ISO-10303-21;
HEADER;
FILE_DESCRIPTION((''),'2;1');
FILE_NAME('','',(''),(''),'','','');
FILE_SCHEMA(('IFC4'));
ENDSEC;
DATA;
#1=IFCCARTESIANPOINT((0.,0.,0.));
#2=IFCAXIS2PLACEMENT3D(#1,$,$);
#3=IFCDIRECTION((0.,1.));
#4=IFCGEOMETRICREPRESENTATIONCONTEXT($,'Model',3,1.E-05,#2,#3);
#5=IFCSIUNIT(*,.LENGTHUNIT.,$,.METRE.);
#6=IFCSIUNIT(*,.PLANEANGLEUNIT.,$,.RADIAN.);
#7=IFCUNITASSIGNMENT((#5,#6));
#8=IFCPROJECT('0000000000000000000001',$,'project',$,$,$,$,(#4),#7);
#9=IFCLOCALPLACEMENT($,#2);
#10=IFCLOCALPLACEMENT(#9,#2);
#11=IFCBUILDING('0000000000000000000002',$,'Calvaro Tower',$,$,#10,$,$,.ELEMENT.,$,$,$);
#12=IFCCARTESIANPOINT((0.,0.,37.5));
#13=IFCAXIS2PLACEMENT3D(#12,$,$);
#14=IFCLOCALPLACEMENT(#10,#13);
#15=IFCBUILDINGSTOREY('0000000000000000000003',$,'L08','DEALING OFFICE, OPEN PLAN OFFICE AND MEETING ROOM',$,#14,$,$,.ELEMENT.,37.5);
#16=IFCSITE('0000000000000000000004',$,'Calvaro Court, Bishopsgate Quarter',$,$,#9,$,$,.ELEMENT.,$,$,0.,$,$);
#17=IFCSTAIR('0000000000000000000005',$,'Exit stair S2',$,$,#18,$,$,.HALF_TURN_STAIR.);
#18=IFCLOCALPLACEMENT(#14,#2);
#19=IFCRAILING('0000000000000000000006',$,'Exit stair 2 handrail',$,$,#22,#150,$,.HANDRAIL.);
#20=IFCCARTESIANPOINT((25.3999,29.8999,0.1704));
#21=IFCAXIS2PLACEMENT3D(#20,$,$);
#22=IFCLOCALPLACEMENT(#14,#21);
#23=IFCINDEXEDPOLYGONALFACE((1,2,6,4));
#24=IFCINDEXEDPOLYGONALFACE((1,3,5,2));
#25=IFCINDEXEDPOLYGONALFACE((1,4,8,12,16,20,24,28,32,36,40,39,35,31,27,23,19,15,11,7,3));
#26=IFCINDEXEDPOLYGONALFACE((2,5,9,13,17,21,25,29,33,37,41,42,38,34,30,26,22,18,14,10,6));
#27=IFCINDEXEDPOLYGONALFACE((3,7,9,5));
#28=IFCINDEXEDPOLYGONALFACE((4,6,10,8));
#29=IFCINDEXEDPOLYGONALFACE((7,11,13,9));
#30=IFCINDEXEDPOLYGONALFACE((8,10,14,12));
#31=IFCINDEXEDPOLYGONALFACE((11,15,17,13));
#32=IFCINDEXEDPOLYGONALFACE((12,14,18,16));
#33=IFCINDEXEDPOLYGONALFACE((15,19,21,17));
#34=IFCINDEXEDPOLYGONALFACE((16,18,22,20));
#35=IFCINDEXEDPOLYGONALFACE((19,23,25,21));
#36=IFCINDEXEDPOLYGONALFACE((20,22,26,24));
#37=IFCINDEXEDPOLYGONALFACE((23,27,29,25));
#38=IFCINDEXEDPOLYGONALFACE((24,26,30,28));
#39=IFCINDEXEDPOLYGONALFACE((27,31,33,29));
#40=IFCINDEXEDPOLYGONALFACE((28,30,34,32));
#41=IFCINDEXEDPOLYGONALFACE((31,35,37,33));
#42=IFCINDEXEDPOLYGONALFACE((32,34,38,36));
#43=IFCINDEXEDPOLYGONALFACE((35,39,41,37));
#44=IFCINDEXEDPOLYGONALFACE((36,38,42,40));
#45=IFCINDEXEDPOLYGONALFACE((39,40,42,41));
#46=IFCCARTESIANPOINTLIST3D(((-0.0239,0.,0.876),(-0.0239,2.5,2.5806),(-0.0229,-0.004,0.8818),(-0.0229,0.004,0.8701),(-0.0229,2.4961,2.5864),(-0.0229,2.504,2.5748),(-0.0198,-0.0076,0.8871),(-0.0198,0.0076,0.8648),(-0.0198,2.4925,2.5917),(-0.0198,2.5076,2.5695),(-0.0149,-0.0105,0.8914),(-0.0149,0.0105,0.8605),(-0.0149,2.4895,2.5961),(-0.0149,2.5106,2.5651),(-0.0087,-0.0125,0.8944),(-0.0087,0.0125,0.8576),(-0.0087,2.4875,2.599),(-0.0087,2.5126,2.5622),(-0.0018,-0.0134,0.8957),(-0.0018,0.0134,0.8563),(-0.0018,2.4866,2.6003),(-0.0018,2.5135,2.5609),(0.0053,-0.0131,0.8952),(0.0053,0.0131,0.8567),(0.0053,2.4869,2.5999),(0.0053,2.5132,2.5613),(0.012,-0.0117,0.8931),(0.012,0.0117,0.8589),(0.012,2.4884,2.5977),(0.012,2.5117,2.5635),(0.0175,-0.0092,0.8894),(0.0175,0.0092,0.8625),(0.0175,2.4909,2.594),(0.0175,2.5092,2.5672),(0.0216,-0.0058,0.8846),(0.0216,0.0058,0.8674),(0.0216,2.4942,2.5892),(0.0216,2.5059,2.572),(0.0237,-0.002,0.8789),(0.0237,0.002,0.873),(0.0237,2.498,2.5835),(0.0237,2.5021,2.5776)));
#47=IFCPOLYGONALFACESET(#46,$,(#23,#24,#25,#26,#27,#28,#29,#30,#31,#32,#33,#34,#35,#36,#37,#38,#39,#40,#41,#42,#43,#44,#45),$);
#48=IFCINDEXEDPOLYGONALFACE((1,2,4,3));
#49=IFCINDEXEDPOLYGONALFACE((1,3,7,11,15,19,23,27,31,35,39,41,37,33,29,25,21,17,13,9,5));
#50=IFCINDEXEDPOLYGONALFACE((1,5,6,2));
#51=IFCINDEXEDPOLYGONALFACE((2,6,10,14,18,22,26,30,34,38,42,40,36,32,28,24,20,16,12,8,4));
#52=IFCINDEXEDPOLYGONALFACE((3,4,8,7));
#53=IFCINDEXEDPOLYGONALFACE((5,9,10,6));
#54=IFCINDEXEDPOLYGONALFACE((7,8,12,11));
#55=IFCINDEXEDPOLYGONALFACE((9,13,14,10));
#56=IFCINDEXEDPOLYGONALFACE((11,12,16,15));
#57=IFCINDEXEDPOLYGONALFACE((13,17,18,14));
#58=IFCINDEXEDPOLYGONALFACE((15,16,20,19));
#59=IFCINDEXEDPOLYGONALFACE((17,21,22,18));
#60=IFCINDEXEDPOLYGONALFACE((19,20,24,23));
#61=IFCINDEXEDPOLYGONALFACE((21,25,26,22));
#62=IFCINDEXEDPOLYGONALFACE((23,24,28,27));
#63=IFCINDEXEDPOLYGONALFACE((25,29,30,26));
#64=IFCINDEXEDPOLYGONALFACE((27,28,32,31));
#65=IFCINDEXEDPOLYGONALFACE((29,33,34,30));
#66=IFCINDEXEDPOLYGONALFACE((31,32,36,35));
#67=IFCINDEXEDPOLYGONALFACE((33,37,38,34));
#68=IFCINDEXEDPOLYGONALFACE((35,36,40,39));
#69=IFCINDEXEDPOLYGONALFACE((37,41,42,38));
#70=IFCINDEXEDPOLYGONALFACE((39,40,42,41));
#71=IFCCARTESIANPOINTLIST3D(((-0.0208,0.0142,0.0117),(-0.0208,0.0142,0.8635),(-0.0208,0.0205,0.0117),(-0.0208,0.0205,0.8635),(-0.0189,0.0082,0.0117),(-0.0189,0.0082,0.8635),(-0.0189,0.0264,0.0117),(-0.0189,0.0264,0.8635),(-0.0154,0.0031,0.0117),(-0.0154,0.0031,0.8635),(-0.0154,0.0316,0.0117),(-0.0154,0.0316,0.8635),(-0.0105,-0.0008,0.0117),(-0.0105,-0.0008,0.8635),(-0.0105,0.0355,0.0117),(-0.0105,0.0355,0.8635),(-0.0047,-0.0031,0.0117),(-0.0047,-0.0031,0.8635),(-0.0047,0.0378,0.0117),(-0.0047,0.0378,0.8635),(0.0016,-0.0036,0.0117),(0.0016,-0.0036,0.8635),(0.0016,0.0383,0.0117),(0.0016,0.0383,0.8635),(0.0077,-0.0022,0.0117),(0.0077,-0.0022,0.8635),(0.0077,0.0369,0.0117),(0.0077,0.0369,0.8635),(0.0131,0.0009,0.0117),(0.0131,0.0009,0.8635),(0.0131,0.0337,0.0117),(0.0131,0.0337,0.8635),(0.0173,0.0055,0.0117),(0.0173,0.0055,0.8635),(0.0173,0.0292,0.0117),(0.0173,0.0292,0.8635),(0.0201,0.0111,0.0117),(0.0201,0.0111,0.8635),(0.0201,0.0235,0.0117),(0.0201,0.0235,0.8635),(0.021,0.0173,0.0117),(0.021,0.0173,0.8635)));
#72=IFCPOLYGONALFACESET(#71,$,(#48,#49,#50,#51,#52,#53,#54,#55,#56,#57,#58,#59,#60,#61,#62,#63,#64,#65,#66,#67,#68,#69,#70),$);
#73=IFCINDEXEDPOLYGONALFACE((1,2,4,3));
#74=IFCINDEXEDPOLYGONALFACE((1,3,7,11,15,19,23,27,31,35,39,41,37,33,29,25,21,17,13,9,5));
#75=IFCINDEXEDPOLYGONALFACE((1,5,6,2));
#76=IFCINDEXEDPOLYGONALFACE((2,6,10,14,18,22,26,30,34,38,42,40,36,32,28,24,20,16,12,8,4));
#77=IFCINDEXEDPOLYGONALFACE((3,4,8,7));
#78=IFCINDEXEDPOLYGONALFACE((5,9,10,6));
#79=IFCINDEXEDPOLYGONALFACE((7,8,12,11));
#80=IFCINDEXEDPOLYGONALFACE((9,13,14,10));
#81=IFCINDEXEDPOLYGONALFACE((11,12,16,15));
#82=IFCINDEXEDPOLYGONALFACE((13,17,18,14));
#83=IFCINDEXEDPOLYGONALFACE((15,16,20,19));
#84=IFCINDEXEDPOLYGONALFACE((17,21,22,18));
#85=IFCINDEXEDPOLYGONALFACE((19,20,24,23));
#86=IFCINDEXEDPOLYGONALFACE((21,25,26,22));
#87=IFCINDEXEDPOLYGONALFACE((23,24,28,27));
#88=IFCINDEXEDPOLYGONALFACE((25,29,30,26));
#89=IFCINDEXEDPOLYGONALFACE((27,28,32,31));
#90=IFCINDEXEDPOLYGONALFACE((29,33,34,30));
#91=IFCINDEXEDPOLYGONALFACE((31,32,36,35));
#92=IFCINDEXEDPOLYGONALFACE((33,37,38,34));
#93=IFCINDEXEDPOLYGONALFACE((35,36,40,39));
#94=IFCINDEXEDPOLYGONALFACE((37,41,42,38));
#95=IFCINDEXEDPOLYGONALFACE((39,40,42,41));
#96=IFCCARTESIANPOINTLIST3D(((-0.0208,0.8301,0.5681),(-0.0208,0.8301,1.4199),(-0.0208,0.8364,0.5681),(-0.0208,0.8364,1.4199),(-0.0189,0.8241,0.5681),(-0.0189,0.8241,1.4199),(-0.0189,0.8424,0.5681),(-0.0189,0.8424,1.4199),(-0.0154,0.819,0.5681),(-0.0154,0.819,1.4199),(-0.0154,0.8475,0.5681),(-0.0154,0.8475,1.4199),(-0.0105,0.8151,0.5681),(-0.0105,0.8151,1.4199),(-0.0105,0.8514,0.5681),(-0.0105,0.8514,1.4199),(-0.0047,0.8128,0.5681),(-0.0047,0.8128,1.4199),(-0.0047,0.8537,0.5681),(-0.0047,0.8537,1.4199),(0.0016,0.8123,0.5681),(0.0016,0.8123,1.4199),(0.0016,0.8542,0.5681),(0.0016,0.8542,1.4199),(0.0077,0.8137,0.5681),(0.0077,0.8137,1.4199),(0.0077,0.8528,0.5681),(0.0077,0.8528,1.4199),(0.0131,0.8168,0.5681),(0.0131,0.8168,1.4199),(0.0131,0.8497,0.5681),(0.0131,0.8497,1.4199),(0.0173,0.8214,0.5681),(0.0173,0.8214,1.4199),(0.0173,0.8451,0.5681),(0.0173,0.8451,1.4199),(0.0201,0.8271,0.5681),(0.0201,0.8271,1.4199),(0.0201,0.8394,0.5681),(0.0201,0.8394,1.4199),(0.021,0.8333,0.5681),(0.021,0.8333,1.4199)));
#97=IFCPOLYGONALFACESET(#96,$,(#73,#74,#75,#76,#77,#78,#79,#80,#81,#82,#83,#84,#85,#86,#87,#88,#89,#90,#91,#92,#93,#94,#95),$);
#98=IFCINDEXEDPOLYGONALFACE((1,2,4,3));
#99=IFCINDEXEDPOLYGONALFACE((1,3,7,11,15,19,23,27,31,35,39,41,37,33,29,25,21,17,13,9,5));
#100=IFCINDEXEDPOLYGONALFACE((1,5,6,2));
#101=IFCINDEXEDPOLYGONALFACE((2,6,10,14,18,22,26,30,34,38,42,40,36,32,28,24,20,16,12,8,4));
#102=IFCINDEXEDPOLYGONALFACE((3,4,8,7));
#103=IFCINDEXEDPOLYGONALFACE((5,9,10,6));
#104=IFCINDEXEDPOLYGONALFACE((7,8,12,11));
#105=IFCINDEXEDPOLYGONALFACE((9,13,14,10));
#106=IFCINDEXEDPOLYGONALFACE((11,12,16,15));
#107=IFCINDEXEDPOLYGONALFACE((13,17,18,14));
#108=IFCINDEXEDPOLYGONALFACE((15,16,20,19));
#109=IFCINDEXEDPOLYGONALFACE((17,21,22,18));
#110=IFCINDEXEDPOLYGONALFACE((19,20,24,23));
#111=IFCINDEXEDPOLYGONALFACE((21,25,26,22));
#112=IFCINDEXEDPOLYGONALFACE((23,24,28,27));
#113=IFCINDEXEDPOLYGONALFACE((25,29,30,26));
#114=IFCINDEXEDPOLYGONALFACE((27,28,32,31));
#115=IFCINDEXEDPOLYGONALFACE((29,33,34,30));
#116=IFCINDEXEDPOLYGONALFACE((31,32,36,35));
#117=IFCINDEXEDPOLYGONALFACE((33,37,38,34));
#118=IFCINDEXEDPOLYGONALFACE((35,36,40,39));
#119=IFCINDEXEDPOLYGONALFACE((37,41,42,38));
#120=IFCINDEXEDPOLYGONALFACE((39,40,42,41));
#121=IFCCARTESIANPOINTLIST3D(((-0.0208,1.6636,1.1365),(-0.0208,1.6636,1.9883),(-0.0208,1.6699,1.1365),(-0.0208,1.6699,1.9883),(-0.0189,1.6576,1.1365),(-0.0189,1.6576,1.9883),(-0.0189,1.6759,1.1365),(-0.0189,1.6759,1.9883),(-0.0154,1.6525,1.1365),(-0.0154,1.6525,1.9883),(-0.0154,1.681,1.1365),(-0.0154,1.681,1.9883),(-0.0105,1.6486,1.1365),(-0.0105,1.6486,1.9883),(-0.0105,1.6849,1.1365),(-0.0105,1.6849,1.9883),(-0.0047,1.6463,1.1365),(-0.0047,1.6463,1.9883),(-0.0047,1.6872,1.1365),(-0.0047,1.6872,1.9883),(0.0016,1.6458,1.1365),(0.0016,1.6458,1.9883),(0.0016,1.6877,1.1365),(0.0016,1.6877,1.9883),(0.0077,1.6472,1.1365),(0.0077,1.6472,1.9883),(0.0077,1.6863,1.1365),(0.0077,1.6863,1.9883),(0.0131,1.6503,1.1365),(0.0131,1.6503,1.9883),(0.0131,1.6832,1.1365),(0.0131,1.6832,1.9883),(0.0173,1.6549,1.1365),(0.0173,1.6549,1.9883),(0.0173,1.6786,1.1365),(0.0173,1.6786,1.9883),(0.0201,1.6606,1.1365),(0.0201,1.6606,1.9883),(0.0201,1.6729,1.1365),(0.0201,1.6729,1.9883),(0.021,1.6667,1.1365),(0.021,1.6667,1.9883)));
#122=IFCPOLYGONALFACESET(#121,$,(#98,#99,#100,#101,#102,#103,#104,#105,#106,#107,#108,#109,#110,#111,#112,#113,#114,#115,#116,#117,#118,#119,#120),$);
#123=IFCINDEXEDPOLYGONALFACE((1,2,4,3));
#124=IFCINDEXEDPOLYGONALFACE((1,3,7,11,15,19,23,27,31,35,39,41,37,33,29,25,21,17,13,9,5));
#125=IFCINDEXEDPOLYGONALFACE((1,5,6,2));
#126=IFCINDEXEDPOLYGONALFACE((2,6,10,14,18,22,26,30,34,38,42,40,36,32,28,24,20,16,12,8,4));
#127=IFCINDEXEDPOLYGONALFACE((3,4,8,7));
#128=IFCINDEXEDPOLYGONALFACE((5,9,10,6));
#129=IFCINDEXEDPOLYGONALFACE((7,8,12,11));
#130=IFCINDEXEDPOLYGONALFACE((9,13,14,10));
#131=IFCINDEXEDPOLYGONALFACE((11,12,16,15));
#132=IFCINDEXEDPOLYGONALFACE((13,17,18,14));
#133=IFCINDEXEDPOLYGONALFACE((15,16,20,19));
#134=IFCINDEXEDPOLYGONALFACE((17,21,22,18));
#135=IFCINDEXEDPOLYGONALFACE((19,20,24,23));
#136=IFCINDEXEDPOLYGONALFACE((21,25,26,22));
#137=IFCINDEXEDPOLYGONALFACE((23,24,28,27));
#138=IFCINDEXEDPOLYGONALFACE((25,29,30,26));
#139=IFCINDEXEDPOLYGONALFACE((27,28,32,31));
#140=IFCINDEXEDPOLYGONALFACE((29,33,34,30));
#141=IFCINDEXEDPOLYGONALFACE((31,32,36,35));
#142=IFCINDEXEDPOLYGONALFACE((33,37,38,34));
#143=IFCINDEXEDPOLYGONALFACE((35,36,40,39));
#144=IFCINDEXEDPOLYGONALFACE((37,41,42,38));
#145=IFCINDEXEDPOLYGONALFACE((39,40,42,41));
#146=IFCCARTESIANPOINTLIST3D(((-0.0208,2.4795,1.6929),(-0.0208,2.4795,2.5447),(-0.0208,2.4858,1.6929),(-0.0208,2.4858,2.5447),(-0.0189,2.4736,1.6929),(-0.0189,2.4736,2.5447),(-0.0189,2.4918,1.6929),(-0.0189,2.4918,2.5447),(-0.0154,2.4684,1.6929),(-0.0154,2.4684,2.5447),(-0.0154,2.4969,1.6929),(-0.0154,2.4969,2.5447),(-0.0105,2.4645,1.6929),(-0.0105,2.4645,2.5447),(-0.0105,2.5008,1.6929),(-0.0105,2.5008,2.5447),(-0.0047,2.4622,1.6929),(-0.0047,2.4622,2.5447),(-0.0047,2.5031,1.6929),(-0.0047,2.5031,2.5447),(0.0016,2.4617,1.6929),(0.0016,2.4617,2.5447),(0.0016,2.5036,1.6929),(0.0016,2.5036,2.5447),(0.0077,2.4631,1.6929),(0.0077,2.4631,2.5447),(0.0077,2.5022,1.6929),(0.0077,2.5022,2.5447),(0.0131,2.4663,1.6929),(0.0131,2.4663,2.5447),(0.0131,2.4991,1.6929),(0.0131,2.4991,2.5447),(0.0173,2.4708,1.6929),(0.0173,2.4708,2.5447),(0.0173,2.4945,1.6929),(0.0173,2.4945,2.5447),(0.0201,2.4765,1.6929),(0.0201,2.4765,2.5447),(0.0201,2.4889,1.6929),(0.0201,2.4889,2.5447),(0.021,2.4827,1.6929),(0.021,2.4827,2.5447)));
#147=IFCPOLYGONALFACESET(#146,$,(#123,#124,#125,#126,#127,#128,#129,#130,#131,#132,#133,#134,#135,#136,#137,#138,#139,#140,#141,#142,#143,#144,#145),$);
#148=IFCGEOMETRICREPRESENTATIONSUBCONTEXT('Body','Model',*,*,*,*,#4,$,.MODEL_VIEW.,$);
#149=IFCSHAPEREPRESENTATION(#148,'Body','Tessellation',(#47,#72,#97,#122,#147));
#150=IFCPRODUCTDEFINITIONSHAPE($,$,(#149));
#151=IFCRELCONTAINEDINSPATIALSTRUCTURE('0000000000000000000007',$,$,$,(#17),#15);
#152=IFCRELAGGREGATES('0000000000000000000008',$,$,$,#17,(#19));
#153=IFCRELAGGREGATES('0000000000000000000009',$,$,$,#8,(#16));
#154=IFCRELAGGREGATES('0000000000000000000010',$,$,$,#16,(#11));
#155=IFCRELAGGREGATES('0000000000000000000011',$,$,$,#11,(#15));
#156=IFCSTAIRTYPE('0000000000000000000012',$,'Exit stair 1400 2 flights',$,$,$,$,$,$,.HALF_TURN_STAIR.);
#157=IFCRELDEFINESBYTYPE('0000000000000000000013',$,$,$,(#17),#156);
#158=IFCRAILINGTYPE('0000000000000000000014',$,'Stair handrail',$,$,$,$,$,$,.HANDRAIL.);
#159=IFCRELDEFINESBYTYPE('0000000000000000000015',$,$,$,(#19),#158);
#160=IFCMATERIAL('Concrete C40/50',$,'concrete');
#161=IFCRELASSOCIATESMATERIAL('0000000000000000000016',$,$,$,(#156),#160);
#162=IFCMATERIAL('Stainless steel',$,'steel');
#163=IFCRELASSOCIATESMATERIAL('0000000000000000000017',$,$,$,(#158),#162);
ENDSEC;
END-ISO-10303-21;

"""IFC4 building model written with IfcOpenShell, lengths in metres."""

from ifc_helpers import new_model, si_unit, direction, frame, origin, origin_2d, place, context, subcontext, project, spatial, circle, extrude, material, type_object, element, aggregate, save


model = new_model("IFC4")

# Units and contexts
model_context = context("Model", 3, precision=1e-05, world=origin(), true_north=direction((0.0, 1.0)))
body_context = subcontext(model_context, "Body", "Model", "MODEL_VIEW")
ifc_project = project(units=[si_unit("LENGTHUNIT", "METRE"), si_unit("PLANEANGLEUNIT", "RADIAN")], contexts=[model_context])

# Site, building, storey
site_placement = place(None, origin())
site = spatial("IfcSite", under=ifc_project, at=site_placement, Name="Calvaro Court, Bishopsgate Quarter", CompositionType="ELEMENT", RefElevation=0.0)
building_placement = place(site_placement, origin())
building = spatial("IfcBuilding", under=site, at=building_placement, Name="Calvaro Tower", CompositionType="ELEMENT")
storey_placement = place(building_placement, frame((0.0, 0.0, 37.5)))
storey = spatial("IfcBuildingStorey", under=building, at=storey_placement, Name="L08", Description="DEALING OFFICE, OPEN PLAN OFFICE AND MEETING ROOM", CompositionType="ELEMENT", Elevation=37.5)

# Stair, railing
ifc_material_1 = material(Name="Concrete C40/50", Category="concrete")
stair_type = type_object("IfcStairType", Name="Exit stair 1400 2 flights", PredefinedType="HALF_TURN_STAIR", material=ifc_material_1)
stair_placement = place(storey_placement, origin())
stair = element("IfcStair", 1, at=stair_placement, inside=storey, type_object=stair_type, Name="Exit stair S2", PredefinedType="HALF_TURN_STAIR")
ifc_material_2 = material(Name="Stainless steel", Category="steel")
railing_type = type_object("IfcRailingType", Name="Stair handrail", PredefinedType="HANDRAIL", material=ifc_material_2)
railing_1_placement = place(storey_placement, frame((25.3999, 29.8999, 0.1704)))
railing_1 = element("IfcRailing", 2, at=railing_1_placement, type_object=railing_type, Name="Exit stair 2 handrail", PredefinedType="HANDRAIL", context=body_context, shape_type="SweptSolid", body=[
    extrude(circle(Radius=0.0239, at=origin_2d()), frame((0.0, 0.0, 0.876), z_axis=(0.0, 0.826221, 0.563347), x_axis=(-1.0, 0.0, 0.0)), (0.0, 0.0, 1.0), 3.0259),
    extrude(circle(Radius=0.021, at=origin_2d()), frame((0.0, 0.0173, 0.0117)), (0.0, 0.0, 1.0), 0.8518),
    extrude(circle(Radius=0.021, at=origin_2d()), frame((0.0, 0.8333, 0.5681)), (0.0, 0.0, 1.0), 0.8518),
    extrude(circle(Radius=0.021, at=origin_2d()), frame((0.0, 1.6667, 1.1365)), (0.0, 0.0, 1.0), 0.8518),
    extrude(circle(Radius=0.021, at=origin_2d()), frame((0.0, 2.4827, 1.6929)), (0.0, 0.0, 1.0), 0.8518),
])
aggregate(stair, [railing_1])

save(model, "model.ifc")
